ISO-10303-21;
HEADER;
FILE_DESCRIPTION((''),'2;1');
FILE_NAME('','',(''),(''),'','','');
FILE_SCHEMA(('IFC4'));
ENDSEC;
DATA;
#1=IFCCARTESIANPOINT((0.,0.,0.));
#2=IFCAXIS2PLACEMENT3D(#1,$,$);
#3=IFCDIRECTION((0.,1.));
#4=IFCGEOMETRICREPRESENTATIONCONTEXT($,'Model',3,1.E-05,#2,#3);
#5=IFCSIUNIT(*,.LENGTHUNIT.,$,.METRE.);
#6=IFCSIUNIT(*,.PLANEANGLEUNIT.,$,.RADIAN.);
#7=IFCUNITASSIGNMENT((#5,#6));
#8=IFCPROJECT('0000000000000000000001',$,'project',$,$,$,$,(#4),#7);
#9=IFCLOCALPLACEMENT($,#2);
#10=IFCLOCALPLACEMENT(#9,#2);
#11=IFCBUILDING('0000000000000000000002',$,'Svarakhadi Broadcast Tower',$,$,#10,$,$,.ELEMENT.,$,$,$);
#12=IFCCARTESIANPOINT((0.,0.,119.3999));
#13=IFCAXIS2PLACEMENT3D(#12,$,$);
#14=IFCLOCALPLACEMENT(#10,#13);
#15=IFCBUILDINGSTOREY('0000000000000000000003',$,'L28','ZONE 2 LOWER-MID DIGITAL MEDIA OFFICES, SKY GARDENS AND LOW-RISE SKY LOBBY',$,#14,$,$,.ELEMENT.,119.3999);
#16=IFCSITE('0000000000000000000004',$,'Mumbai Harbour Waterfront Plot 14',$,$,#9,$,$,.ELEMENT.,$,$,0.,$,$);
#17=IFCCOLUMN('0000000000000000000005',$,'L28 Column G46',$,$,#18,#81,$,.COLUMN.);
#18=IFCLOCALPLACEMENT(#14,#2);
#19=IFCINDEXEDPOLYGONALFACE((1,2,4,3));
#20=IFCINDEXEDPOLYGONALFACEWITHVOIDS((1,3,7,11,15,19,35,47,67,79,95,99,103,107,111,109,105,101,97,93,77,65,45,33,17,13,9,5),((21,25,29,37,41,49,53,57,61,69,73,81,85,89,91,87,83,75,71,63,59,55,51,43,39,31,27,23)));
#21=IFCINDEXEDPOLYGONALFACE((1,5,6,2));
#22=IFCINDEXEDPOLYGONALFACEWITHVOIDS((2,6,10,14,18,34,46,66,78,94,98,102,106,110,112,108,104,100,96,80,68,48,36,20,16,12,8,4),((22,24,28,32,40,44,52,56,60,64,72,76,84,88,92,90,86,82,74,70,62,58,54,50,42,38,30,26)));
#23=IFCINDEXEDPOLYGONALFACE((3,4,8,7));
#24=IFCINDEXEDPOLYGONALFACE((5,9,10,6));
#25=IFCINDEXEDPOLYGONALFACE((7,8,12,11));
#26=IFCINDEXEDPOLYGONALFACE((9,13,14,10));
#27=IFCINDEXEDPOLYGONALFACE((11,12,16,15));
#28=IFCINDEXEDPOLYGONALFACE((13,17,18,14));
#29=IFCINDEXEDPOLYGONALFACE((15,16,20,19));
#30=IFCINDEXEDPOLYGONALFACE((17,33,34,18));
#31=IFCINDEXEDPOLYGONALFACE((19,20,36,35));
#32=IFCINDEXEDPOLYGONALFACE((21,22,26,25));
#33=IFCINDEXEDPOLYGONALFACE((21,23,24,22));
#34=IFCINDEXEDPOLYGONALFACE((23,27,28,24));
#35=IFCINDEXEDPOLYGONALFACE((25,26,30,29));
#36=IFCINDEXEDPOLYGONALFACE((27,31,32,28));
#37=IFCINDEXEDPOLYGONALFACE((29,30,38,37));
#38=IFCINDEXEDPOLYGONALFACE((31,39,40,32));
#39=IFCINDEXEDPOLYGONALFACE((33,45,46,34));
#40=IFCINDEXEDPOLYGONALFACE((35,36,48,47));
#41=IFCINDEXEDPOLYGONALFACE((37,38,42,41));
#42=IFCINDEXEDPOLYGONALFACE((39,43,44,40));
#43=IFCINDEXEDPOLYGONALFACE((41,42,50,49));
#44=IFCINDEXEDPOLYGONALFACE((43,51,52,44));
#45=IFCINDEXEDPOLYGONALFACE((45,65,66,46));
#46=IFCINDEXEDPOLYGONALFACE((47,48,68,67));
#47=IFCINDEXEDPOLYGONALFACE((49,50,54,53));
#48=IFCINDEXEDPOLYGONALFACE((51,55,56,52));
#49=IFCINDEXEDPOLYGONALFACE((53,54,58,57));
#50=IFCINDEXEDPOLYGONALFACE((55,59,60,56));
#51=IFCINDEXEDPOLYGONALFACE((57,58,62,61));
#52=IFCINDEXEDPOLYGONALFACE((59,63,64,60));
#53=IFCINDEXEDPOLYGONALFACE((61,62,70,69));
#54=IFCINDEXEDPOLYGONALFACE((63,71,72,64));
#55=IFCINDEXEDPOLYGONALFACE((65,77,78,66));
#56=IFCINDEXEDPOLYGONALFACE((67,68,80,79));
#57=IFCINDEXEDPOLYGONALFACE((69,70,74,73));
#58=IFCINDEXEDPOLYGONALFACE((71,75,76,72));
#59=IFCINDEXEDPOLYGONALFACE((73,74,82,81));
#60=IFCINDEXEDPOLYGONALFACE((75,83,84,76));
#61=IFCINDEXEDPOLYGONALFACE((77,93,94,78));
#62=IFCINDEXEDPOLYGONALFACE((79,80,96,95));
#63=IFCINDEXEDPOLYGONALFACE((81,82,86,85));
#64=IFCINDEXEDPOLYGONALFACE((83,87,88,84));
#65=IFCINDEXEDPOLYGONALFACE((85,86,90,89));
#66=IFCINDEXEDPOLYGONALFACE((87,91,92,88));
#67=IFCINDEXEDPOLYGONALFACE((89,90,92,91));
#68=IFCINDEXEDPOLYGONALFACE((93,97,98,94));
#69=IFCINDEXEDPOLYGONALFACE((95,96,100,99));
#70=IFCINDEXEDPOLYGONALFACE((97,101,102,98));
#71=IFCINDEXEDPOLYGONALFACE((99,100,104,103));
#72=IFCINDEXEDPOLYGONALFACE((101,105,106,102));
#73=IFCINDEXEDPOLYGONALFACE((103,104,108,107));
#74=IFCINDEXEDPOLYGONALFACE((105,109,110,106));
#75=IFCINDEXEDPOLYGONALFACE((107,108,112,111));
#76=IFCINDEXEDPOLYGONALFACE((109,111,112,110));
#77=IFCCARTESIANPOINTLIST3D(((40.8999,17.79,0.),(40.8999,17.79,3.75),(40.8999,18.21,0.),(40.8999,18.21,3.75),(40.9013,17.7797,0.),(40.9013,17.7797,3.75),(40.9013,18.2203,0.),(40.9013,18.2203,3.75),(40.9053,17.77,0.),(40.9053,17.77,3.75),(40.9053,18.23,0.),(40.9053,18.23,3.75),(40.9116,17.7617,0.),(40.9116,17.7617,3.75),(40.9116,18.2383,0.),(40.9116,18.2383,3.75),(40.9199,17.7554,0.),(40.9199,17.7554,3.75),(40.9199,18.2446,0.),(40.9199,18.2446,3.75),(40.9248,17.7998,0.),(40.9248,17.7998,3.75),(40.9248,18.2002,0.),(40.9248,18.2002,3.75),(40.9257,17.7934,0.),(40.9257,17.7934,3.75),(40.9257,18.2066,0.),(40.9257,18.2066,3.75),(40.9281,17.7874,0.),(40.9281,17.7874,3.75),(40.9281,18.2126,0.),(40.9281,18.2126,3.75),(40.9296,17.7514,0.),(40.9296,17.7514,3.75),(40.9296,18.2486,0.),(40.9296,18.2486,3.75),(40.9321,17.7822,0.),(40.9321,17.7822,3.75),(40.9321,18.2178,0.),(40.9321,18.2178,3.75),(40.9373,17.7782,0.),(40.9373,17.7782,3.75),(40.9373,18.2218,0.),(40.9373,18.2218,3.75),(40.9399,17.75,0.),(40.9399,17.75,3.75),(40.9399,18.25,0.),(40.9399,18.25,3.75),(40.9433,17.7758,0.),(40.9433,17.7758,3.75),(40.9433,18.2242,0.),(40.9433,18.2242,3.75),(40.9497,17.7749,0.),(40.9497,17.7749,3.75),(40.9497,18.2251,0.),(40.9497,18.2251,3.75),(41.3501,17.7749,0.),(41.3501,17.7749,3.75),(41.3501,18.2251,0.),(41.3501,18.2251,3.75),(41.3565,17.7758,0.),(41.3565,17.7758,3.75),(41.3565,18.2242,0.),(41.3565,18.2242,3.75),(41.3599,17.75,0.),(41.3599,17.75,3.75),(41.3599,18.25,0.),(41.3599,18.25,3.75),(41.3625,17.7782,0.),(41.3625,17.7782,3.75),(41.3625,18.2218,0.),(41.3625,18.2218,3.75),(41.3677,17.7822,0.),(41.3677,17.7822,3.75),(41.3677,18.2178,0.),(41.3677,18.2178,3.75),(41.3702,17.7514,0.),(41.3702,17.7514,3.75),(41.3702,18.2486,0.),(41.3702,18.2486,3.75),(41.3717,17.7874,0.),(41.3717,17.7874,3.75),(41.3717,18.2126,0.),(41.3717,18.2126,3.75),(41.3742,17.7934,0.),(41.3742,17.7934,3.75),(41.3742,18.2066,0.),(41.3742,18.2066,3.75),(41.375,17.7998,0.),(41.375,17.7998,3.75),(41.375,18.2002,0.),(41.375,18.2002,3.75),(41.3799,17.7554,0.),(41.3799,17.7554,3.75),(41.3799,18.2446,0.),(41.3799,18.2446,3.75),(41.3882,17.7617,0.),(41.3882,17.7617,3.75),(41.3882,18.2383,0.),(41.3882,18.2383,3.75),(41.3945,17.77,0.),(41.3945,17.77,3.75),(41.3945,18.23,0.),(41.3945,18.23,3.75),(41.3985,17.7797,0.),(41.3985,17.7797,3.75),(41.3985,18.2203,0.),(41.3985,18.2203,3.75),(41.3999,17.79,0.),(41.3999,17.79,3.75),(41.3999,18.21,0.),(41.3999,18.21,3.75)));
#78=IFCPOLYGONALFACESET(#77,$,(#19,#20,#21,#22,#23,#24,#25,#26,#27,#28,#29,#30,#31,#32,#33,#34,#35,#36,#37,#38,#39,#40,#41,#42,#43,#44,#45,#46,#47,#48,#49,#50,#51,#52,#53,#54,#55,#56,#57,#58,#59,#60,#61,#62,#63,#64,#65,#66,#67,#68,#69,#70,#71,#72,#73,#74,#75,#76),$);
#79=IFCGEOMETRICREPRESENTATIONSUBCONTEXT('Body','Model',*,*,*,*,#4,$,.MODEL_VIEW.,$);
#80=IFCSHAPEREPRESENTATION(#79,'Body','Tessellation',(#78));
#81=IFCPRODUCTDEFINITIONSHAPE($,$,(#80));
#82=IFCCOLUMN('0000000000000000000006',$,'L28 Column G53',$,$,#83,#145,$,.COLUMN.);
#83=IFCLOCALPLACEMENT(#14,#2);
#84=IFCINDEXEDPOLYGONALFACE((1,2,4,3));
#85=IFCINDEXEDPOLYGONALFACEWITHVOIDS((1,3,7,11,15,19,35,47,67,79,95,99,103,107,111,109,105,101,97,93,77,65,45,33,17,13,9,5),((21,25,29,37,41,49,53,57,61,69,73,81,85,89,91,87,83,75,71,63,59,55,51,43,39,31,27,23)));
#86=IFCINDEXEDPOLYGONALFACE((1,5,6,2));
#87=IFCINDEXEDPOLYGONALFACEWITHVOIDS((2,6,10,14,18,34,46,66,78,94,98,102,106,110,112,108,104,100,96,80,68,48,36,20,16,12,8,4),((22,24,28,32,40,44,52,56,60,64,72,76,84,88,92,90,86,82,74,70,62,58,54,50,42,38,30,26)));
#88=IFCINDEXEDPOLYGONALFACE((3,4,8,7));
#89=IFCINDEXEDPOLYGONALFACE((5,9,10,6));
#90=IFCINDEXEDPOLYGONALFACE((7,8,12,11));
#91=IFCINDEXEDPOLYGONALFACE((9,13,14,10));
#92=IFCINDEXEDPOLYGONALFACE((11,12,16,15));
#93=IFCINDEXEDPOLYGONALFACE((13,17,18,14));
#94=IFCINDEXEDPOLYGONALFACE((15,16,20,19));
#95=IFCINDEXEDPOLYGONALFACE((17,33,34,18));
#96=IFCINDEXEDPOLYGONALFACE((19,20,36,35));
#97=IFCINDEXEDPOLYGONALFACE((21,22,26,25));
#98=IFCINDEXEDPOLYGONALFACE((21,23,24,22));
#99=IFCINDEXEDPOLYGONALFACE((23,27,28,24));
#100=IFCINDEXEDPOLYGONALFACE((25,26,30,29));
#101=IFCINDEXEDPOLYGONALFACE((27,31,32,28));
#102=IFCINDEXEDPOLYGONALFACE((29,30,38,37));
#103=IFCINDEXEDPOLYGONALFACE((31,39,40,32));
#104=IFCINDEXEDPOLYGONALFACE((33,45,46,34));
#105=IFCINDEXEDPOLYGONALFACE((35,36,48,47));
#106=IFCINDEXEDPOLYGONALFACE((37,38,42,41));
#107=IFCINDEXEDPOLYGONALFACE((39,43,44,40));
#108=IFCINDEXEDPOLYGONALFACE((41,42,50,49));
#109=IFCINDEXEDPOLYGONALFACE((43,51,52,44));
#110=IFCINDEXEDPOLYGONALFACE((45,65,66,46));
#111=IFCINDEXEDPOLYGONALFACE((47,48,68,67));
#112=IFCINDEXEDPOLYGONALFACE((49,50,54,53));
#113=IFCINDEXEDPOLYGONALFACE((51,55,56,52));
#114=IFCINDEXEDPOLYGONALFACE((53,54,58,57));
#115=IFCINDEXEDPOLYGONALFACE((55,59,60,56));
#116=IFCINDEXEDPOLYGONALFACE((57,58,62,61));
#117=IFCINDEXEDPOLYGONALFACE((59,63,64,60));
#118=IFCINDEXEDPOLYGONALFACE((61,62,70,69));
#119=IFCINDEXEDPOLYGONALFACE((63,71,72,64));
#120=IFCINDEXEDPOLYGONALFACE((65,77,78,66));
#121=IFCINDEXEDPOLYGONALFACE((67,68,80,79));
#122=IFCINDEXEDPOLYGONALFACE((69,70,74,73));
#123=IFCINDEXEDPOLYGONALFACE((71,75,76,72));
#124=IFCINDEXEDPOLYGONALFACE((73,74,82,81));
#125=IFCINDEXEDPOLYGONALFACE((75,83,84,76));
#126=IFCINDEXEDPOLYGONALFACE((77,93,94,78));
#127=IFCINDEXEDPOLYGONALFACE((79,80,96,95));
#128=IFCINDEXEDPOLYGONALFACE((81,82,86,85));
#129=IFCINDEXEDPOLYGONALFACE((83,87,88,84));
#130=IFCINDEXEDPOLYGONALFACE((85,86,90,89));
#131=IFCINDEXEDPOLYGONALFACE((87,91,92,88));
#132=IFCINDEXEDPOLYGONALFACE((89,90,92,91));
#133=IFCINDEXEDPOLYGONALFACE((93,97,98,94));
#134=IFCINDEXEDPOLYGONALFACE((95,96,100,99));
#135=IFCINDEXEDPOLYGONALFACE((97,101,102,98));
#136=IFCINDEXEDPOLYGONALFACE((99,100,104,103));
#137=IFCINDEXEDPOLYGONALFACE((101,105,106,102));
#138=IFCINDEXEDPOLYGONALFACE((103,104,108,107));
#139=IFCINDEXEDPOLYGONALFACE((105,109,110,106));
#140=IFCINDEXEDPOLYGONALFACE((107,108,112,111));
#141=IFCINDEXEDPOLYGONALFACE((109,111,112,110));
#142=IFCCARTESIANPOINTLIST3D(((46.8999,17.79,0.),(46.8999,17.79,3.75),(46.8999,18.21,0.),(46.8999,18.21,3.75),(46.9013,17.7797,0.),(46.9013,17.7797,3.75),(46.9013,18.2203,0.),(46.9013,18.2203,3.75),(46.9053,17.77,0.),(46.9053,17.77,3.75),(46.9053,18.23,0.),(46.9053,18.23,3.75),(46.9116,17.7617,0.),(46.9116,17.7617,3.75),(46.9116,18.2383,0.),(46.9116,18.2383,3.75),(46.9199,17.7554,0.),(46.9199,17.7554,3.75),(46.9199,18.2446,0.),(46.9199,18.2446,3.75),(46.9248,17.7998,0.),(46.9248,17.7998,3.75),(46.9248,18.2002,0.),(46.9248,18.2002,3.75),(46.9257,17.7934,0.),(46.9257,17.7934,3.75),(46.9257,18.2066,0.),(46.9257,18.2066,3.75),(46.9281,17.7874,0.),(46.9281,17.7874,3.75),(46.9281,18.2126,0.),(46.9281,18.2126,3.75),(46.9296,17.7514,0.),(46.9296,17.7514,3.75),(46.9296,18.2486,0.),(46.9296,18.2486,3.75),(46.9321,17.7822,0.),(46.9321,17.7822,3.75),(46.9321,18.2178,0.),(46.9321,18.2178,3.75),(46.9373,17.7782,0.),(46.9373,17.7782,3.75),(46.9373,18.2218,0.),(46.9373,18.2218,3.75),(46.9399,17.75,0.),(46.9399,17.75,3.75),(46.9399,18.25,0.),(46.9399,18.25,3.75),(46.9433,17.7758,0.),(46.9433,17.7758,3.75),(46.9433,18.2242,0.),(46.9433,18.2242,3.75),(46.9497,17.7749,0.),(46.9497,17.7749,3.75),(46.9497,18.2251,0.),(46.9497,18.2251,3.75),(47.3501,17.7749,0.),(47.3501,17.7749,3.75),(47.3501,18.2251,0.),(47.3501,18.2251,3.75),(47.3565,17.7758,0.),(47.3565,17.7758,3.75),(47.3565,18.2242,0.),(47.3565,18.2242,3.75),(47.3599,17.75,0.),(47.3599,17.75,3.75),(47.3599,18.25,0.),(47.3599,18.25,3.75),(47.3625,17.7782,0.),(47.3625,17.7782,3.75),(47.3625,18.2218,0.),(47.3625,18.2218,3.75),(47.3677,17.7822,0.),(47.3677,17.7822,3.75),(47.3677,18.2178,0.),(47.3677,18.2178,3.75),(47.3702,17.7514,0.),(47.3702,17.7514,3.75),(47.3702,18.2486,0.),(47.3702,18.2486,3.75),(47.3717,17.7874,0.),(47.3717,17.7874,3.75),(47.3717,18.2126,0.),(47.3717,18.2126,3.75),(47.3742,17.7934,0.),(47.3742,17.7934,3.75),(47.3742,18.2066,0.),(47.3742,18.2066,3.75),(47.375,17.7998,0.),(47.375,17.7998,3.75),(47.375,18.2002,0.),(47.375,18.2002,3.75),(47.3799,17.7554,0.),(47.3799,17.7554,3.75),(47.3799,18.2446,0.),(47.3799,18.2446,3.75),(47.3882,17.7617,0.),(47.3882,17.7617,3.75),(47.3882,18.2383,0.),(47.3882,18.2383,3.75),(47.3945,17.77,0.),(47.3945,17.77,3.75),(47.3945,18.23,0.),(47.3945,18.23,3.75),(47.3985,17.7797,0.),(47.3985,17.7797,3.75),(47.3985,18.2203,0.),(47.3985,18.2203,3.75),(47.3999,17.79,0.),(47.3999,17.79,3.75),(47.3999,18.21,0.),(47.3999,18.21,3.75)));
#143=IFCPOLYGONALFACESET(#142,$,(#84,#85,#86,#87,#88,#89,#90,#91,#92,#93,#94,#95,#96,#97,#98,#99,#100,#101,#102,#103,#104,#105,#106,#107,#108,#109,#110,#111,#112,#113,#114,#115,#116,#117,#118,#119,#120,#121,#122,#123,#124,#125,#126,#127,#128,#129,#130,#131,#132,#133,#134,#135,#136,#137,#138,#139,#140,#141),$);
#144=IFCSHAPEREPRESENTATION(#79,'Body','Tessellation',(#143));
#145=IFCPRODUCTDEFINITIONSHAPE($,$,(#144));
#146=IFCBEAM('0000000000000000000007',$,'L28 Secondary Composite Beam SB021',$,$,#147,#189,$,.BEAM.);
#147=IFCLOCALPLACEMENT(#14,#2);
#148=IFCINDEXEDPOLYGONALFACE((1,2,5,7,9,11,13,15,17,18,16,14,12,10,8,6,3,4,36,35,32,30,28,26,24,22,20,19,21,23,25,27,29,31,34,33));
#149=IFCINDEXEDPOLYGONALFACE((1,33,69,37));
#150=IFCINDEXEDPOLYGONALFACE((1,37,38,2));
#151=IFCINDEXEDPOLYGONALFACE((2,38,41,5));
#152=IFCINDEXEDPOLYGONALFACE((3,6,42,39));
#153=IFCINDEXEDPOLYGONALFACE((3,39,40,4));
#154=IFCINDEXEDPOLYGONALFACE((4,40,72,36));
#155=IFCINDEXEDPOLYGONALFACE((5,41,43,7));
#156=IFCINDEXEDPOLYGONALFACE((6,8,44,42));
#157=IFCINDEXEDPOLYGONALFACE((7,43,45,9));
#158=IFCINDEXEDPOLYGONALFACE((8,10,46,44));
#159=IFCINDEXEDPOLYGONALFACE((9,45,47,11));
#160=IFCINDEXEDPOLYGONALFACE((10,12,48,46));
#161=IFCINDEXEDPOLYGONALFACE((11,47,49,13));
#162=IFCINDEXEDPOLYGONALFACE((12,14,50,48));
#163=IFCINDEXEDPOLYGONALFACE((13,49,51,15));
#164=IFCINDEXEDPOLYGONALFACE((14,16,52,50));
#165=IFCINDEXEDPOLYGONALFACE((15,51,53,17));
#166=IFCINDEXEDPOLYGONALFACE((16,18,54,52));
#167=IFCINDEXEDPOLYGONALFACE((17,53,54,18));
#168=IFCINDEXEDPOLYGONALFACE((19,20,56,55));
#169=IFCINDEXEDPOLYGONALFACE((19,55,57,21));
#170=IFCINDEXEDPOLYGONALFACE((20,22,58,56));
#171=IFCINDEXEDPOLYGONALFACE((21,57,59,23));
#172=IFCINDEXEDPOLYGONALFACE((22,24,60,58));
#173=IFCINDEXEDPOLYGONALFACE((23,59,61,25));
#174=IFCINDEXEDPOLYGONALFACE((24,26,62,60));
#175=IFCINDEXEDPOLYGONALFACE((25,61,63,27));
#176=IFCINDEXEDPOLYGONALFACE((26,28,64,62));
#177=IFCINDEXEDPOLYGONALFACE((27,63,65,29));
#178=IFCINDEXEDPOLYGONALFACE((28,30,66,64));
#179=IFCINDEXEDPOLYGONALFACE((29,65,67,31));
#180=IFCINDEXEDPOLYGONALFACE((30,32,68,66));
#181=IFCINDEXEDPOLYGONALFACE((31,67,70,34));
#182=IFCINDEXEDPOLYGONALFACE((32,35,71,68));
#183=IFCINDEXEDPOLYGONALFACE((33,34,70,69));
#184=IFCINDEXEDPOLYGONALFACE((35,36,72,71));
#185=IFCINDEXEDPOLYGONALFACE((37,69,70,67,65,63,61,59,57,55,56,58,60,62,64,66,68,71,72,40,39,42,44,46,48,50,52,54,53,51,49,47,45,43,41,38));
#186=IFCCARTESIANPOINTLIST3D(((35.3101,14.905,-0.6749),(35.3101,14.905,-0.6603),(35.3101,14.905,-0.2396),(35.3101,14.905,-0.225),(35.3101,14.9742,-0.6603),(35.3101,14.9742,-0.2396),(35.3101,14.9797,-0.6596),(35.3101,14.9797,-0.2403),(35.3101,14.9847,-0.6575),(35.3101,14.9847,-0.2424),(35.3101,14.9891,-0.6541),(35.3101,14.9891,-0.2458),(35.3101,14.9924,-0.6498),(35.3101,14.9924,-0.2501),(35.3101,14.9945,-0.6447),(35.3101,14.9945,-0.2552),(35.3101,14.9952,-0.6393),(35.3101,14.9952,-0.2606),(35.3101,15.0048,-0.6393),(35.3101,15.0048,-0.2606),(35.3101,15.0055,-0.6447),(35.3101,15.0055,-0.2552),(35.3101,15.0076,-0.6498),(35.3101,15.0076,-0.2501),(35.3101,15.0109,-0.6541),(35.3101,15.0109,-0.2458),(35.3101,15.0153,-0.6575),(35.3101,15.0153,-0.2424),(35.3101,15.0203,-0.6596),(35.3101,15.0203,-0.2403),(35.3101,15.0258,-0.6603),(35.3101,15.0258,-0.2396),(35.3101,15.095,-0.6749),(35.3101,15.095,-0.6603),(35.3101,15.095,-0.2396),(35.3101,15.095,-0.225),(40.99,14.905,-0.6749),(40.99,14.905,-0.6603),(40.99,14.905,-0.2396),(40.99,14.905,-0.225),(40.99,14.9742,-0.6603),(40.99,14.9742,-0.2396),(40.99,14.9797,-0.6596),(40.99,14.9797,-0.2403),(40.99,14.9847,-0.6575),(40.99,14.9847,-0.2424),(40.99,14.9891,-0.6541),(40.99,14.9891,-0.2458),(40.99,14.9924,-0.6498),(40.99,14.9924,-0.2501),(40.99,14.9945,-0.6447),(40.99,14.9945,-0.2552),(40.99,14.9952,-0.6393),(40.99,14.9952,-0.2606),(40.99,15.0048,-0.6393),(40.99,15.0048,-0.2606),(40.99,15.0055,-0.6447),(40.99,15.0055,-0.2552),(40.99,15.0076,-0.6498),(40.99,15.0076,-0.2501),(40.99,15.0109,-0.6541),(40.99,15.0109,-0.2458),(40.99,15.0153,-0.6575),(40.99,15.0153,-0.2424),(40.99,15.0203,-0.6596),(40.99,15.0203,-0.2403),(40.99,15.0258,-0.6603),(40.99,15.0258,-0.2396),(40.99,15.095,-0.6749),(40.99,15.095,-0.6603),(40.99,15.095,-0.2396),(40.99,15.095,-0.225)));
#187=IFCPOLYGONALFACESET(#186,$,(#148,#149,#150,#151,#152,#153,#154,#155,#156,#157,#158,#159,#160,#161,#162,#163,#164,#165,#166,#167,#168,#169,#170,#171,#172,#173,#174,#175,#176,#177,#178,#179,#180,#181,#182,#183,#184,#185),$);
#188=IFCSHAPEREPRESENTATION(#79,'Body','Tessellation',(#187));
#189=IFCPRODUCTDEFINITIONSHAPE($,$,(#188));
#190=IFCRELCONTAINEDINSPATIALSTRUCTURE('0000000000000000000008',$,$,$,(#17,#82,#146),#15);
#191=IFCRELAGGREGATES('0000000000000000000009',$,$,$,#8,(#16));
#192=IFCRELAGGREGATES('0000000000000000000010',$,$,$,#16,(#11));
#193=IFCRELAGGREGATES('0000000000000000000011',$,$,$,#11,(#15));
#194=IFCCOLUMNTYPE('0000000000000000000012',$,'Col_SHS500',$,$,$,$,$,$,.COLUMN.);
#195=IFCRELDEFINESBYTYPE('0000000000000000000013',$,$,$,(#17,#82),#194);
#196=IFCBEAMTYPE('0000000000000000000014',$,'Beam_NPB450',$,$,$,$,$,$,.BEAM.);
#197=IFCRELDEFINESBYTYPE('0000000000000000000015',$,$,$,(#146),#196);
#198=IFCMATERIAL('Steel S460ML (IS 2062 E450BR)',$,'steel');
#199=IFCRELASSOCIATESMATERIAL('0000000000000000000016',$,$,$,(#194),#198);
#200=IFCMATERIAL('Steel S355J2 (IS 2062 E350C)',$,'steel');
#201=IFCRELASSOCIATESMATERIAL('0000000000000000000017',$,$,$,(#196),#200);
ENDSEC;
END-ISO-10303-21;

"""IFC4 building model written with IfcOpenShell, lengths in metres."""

from ifc_helpers import new_model, si_unit, direction, frame, origin, origin_2d, place, context, subcontext, project, spatial, hollow_rectangle, i_section, extrude, material, material_profile, profile_set, type_object, element, save


model = new_model("IFC4")

# Units and contexts
model_context = context("Model", 3, precision=1e-05, world=origin(), true_north=direction((0.0, 1.0)))
body_context = subcontext(model_context, "Body", "Model", "MODEL_VIEW")
ifc_project = project(units=[si_unit("LENGTHUNIT", "METRE"), si_unit("PLANEANGLEUNIT", "RADIAN")], contexts=[model_context])

# Site, building, storey
site_placement = place(None, origin())
site = spatial("IfcSite", under=ifc_project, at=site_placement, Name="Mumbai Harbour Waterfront Plot 14", CompositionType="ELEMENT", RefElevation=0.0)
building_placement = place(site_placement, origin())
building = spatial("IfcBuilding", under=site, at=building_placement, Name="Svarakhadi Broadcast Tower", CompositionType="ELEMENT")
storey_placement = place(building_placement, frame((0.0, 0.0, 119.3999)))
storey = spatial("IfcBuildingStorey", under=building, at=storey_placement, Name="L28", Description="ZONE 2 LOWER-MID DIGITAL MEDIA OFFICES, SKY GARDENS AND LOW-RISE SKY LOBBY", CompositionType="ELEMENT", Elevation=119.3999)

# Columns
ifc_material_1 = material(Name="Steel S460ML (IS 2062 E450BR)", Category="steel")
ifc_material_profile_1 = material_profile(ifc_material_1, hollow_rectangle(XDim=0.5, YDim=0.5, WallThickness=0.0249, InnerFilletRadius=0.0249, OuterFilletRadius=0.04, at=origin_2d()), Name="SHS 500x500x25")
ifc_profile_set_1 = profile_set([ifc_material_profile_1], Name="Steel S460ML (IS 2062 E450BR)")
column_type_1 = type_object("IfcColumnType", Name="Col_SHS500", PredefinedType="COLUMN", material=ifc_profile_set_1)
for number, where, z_axis, x_axis, name in (
    (1, (41.1499, 18.0, 0.0), (0.0, 0.0, 1.0), (1.0, 0.0, 0.0), "L28 Column G46"),
    (2, (47.1499, 18.0, 0.0), (0.0, 0.0, 1.0), (1.0, 0.0, 0.0), "L28 Column G53"),
):
    element("IfcColumn", number, at=place(storey_placement, frame(where, z_axis=z_axis, x_axis=x_axis)), inside=storey, type_object=column_type_1, Name=name, PredefinedType="COLUMN", context=body_context, shape_type="SweptSolid", body=[
        extrude(hollow_rectangle(XDim=0.5, YDim=0.5, WallThickness=0.0249, InnerFilletRadius=0.0249, OuterFilletRadius=0.04, at=origin_2d()), origin(), (0.0, 0.0, 1.0), 3.75),
    ])

# Beam
ifc_material_2 = material(Name="Steel S355J2 (IS 2062 E350C)", Category="steel")
ifc_material_profile_2 = material_profile(ifc_material_2, i_section(OverallWidth=0.1899, OverallDepth=0.45, WebThickness=0.0095, FlangeThickness=0.0146, FilletRadius=0.021, at=origin_2d()), Name="NPB 450x190x78")
ifc_profile_set_2 = profile_set([ifc_material_profile_2], Name="Steel S355J2 (IS 2062 E350C)")
beam_type_1 = type_object("IfcBeamType", Name="Beam_NPB450", PredefinedType="BEAM", material=ifc_profile_set_2)
for number, where, z_axis, x_axis, name in (
    (3, (35.3101, 15.0, -0.45), (1.0, 0.0, 0.0), (0.0, 1.0, 0.0), "L28 Secondary Composite Beam SB021"),
):
    element("IfcBeam", number, at=place(storey_placement, frame(where, z_axis=z_axis, x_axis=x_axis)), inside=storey, type_object=beam_type_1, Name=name, PredefinedType="BEAM", context=body_context, shape_type="SweptSolid", body=[
        extrude(i_section(OverallWidth=0.1899, OverallDepth=0.45, WebThickness=0.0095, FlangeThickness=0.0146, FilletRadius=0.021, at=origin_2d()), origin(), (0.0, 0.0, 1.0), 5.6799),
    ])

save(model, "model.ifc")
